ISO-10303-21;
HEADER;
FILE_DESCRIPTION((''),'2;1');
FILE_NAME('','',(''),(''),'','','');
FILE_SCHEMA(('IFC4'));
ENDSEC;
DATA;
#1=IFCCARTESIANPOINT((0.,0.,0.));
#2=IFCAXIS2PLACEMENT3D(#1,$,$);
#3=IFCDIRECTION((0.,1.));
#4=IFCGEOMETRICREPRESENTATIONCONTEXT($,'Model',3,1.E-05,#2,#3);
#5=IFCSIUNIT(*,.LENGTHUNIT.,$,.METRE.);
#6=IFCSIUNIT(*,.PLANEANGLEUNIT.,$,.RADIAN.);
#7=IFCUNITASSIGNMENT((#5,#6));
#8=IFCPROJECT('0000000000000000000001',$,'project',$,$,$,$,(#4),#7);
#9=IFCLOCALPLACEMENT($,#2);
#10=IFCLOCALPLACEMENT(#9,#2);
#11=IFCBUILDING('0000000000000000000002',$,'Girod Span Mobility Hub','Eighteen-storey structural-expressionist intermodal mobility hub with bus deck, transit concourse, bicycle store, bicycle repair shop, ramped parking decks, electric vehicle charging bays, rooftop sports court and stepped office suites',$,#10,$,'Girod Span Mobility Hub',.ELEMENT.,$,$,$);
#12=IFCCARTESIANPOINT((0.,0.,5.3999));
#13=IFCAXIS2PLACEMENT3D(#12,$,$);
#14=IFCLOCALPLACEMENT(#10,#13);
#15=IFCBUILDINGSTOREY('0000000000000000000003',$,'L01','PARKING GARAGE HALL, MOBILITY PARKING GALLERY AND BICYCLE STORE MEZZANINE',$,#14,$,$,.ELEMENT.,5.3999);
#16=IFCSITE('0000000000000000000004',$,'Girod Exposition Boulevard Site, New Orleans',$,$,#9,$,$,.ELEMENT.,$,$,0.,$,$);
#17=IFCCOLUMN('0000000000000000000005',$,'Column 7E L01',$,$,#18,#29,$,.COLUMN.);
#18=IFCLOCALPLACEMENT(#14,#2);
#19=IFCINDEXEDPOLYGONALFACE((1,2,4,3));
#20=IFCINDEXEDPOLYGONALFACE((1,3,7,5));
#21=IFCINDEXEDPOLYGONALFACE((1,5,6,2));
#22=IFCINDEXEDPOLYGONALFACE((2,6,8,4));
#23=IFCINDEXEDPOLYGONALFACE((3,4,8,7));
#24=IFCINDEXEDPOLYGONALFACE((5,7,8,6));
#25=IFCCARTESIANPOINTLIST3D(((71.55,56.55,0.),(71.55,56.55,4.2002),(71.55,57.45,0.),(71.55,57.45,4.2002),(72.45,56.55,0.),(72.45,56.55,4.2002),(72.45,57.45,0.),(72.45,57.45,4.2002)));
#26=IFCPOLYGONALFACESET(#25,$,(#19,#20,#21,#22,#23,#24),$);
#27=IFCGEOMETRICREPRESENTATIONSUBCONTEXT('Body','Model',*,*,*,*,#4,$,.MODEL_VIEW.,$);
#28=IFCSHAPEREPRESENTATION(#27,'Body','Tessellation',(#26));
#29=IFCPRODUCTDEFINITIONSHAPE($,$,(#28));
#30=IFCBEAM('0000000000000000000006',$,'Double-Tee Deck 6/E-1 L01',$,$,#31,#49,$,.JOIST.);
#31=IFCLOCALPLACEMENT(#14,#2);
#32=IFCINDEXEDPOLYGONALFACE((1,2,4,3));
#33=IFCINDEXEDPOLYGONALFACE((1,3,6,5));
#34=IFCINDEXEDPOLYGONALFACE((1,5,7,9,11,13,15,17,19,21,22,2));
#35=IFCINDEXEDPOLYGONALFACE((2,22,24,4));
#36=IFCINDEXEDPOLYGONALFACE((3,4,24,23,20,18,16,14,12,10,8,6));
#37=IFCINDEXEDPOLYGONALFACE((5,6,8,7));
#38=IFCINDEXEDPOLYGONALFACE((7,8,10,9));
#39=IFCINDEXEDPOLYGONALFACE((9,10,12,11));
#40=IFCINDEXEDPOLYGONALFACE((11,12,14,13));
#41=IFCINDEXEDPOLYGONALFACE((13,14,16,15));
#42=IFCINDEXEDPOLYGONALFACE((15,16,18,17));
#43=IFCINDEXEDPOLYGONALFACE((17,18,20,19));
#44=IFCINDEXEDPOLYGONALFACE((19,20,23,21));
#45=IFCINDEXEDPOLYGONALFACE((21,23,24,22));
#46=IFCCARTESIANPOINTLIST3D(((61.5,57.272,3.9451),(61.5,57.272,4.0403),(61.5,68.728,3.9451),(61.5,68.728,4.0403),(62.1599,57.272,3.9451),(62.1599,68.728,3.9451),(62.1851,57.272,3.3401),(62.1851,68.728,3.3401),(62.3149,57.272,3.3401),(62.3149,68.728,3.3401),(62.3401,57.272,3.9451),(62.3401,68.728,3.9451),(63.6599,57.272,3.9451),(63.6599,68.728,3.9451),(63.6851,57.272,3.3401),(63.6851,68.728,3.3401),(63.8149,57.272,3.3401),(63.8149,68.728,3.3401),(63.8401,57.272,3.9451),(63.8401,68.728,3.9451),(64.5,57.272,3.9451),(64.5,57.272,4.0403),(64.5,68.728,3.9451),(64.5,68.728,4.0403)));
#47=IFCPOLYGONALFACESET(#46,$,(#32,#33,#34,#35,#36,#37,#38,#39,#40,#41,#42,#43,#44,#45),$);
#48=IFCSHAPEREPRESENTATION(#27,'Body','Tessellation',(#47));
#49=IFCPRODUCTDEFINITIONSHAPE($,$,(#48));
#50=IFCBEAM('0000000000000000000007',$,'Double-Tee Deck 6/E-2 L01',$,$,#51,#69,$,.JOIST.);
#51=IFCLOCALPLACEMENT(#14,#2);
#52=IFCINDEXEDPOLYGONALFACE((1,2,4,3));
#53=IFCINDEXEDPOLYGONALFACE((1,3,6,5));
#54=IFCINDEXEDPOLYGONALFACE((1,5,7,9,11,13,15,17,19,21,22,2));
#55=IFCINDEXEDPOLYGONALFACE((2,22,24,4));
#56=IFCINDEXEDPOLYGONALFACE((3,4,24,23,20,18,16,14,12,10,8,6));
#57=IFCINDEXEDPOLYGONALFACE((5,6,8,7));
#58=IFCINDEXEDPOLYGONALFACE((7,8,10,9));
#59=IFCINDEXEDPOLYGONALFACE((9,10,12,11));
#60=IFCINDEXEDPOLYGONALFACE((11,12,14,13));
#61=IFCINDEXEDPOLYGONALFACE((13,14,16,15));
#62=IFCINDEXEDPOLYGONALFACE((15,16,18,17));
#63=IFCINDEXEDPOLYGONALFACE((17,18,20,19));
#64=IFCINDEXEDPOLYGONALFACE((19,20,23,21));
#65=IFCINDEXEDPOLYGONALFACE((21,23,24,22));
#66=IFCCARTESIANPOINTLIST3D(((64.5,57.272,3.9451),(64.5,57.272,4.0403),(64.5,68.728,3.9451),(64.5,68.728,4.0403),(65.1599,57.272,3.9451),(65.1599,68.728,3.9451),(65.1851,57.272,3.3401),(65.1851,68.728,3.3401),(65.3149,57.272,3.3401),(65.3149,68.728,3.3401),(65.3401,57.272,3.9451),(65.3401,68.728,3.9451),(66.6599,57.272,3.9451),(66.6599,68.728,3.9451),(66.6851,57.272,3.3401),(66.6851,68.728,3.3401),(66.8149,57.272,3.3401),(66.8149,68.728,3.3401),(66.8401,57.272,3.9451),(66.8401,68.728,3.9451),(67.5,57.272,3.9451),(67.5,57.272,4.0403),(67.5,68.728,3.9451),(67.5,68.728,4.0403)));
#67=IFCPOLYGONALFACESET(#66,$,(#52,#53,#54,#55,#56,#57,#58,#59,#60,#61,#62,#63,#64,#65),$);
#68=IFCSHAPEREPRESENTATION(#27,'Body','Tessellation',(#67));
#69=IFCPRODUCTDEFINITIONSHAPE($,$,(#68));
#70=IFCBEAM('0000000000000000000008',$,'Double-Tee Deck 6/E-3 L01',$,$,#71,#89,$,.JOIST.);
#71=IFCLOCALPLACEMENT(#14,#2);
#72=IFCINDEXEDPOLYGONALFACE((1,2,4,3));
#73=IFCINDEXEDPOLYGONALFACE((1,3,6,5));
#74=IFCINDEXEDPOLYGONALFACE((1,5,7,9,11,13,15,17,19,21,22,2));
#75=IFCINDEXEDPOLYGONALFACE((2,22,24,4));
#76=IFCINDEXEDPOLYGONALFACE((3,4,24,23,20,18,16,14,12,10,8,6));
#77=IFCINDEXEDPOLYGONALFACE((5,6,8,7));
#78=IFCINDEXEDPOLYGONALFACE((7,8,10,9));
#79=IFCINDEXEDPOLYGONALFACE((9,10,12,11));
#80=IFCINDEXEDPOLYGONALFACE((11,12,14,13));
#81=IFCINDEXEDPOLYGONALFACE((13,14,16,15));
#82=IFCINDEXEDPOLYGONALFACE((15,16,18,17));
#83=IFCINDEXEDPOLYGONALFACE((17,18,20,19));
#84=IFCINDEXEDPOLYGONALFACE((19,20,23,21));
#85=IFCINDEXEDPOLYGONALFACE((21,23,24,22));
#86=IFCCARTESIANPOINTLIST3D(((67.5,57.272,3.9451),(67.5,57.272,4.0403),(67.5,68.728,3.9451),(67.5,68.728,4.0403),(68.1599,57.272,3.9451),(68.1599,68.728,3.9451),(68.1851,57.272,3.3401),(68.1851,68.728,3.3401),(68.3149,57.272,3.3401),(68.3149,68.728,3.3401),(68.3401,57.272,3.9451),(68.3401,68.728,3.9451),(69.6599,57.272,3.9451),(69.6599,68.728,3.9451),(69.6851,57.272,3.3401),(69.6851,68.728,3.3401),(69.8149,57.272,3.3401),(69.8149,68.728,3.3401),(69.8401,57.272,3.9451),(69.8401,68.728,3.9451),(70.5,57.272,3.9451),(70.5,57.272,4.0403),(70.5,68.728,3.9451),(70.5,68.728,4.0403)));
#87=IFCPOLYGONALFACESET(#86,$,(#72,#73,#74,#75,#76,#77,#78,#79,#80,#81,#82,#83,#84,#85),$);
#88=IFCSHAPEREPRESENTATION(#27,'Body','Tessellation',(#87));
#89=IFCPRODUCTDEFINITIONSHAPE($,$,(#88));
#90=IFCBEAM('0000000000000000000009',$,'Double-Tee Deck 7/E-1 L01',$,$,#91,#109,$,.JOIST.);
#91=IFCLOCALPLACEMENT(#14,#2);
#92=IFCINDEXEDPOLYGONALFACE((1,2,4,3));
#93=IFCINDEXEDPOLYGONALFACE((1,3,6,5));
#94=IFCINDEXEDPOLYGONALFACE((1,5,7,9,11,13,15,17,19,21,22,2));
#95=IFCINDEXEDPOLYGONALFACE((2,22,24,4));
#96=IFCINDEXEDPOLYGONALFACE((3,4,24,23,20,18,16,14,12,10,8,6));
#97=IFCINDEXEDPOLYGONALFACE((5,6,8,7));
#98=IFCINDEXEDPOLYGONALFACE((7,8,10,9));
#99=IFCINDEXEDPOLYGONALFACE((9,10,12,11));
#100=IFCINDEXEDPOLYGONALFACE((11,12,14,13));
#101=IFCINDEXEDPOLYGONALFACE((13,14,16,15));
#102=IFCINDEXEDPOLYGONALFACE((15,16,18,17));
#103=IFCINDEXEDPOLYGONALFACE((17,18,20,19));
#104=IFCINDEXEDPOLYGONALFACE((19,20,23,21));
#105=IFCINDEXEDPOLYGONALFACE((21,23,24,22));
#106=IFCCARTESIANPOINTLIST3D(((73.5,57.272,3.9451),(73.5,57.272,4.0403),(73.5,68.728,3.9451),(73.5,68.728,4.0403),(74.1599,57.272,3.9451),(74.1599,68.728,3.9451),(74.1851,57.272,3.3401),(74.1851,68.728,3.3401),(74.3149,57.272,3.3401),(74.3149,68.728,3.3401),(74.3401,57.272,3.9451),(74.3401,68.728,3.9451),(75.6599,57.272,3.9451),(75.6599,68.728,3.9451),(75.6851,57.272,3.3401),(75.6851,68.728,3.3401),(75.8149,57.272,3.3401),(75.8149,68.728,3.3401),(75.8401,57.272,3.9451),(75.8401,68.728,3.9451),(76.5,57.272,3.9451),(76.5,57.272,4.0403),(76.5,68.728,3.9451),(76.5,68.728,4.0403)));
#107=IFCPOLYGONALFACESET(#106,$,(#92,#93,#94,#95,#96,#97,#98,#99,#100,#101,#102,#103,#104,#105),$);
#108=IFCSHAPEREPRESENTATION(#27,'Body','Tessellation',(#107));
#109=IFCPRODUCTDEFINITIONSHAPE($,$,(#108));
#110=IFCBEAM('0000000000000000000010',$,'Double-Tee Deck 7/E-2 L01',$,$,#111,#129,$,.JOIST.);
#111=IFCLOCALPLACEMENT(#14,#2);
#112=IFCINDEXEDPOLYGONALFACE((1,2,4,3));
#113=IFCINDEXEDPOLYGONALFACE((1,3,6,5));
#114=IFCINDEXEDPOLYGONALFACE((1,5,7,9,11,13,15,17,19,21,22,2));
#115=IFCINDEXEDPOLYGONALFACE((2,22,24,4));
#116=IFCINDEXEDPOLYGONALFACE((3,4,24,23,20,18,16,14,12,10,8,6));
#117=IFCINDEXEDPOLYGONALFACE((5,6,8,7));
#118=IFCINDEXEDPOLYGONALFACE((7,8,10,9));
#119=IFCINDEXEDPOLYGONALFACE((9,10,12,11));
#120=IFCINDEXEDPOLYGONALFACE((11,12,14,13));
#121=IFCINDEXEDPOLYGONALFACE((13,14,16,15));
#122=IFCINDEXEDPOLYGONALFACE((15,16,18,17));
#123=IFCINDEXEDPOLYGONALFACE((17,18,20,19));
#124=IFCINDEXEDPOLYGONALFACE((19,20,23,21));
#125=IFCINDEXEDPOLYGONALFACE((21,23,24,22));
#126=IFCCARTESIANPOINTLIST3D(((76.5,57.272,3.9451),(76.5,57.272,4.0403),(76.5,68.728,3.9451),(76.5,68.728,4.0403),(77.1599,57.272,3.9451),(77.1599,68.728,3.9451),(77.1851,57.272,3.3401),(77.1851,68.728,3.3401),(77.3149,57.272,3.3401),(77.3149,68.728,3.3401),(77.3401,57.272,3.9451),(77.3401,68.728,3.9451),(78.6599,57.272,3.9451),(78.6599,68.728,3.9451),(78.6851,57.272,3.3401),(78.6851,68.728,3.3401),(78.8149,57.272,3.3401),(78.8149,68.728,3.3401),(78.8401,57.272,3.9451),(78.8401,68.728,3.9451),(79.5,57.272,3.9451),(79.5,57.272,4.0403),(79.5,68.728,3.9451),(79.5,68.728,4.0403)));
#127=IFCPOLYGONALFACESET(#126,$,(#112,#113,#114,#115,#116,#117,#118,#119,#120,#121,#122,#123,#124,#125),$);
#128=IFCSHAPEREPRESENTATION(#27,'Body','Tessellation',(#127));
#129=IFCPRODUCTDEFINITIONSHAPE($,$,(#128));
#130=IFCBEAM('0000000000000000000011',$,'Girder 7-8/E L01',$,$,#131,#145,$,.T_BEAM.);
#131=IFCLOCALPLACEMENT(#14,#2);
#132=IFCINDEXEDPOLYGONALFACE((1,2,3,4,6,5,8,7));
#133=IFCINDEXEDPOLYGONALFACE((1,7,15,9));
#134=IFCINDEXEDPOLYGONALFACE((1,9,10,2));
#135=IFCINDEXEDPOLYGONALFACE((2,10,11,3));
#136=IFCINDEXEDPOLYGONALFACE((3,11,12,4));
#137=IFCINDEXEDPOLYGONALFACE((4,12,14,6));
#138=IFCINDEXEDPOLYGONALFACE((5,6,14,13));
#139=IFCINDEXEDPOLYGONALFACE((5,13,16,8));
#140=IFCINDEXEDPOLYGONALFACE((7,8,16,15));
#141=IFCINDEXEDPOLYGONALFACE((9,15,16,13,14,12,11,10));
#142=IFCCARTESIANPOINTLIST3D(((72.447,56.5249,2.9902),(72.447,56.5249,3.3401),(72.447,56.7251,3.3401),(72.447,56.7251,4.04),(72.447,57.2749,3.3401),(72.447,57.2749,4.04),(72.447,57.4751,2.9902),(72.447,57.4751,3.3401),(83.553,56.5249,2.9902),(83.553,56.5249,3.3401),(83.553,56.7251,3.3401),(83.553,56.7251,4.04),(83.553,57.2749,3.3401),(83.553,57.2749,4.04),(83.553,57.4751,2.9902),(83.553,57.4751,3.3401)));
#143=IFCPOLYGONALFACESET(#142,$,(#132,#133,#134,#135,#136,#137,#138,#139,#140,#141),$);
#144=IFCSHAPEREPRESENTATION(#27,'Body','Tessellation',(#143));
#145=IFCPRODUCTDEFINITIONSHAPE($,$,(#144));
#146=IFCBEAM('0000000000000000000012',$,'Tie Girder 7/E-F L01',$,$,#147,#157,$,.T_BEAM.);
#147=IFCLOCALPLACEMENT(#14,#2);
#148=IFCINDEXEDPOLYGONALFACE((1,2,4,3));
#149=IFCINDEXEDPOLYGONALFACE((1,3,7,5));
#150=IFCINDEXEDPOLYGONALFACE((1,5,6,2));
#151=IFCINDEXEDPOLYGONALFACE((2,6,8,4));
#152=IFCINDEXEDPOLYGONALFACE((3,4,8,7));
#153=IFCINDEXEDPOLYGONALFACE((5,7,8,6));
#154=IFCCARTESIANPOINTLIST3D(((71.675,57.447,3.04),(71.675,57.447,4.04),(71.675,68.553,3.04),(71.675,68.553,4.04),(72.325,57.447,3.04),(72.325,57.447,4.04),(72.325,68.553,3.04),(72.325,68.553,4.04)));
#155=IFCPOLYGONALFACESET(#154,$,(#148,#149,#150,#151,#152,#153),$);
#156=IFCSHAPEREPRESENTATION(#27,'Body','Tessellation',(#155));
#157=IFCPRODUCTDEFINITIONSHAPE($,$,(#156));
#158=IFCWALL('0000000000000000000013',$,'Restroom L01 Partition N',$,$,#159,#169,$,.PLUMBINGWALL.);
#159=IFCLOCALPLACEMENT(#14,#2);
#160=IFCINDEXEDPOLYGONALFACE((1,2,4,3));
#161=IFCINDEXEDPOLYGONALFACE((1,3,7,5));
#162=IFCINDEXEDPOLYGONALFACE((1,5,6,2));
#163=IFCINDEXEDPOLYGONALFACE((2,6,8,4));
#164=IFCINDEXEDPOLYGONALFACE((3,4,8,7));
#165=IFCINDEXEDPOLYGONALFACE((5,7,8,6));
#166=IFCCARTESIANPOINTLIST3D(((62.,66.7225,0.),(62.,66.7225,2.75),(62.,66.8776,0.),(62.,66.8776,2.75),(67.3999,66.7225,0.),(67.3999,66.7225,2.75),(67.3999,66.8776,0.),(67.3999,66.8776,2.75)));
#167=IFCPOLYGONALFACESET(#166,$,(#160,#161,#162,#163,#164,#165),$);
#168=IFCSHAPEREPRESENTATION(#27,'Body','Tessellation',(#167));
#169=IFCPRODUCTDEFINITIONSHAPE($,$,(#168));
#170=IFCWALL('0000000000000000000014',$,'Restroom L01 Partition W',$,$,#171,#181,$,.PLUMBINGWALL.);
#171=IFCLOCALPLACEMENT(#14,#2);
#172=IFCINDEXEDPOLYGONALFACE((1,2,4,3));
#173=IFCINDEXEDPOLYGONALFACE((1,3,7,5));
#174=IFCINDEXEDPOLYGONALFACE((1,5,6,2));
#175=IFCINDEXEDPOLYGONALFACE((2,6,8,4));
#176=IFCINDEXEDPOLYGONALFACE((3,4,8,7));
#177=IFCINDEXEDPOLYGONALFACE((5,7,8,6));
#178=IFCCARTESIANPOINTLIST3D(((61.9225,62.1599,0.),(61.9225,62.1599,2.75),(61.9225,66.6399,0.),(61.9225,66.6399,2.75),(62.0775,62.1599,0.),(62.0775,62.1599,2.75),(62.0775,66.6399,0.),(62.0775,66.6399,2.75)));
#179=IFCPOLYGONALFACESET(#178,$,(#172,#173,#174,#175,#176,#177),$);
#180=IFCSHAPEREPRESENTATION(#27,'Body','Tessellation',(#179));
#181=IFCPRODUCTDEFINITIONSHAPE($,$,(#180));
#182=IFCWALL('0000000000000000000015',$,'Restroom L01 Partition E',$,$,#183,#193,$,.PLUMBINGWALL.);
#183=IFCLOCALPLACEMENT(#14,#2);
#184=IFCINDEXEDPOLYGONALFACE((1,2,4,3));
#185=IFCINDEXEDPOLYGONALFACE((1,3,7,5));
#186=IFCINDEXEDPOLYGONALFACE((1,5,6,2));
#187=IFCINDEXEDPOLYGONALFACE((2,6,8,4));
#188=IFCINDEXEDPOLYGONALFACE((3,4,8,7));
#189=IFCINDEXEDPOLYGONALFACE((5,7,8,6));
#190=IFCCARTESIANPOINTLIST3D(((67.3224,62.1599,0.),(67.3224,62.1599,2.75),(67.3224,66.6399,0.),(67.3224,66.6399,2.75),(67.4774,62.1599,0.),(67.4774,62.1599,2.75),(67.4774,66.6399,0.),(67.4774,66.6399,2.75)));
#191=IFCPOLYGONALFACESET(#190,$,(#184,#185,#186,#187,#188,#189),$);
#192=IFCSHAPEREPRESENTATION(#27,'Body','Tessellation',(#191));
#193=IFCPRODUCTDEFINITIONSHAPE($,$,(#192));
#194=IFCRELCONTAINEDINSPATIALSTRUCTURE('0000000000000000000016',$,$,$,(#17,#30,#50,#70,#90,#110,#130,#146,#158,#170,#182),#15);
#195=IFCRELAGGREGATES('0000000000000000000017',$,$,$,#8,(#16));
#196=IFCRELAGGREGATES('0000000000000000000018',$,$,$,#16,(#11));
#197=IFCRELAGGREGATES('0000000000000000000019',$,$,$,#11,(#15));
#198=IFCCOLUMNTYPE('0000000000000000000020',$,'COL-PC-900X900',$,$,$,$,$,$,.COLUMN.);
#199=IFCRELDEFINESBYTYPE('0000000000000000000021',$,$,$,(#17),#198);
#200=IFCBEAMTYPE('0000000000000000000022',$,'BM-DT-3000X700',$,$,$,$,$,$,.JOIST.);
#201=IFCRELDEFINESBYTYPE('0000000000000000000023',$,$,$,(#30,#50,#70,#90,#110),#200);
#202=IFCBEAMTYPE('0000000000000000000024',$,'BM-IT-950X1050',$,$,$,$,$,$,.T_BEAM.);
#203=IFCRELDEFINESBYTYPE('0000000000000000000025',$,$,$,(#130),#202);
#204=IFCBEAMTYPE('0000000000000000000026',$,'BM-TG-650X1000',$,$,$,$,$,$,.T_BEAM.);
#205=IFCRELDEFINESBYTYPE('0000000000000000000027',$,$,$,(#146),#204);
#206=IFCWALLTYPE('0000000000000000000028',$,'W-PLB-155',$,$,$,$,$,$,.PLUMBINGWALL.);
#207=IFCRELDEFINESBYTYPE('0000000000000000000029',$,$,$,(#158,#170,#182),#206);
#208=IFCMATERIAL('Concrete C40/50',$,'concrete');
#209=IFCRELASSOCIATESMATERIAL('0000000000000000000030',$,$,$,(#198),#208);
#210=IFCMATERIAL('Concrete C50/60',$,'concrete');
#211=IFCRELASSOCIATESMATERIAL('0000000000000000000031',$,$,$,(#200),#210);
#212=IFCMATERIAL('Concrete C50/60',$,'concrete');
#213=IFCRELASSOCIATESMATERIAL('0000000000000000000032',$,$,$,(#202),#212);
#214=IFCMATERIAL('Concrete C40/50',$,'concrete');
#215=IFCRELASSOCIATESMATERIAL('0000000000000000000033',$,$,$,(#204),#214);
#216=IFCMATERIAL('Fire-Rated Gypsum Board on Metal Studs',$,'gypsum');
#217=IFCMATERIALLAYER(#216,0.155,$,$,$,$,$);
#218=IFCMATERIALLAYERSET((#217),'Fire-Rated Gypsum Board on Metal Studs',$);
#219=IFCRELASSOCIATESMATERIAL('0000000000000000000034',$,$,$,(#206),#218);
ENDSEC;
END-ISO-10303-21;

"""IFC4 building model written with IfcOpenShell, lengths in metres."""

from ifc_helpers import new_model, si_unit, direction, frame, frame_2d, origin, origin_2d, place, context, subcontext, project, spatial, polyline, rectangle, outline, extrude, material, layer, layer_set, material_profile, profile_set, type_object, element, save


model = new_model("IFC4")

# Units and contexts
model_context = context("Model", 3, precision=1e-05, world=origin(), true_north=direction((0.0, 1.0)))
body_context = subcontext(model_context, "Body", "Model", "MODEL_VIEW")
ifc_project = project(units=[si_unit("LENGTHUNIT", "METRE"), si_unit("PLANEANGLEUNIT", "RADIAN")], contexts=[model_context])

# Site, building, storey
site_placement = place(None, origin())
site = spatial("IfcSite", under=ifc_project, at=site_placement, Name="Girod Exposition Boulevard Site, New Orleans", CompositionType="ELEMENT", RefElevation=0.0)
building_placement = place(site_placement, origin())
building = spatial("IfcBuilding", under=site, at=building_placement, Name="Girod Span Mobility Hub", Description="Eighteen-storey structural-expressionist intermodal mobility hub with bus deck, transit concourse, bicycle store, bicycle repair shop, ramped parking decks, electric vehicle charging bays, rooftop sports court and stepped office suites", LongName="Girod Span Mobility Hub", CompositionType="ELEMENT")
storey_placement = place(building_placement, frame((0.0, 0.0, 5.3999)))
storey = spatial("IfcBuildingStorey", under=building, at=storey_placement, Name="L01", Description="PARKING GARAGE HALL, MOBILITY PARKING GALLERY AND BICYCLE STORE MEZZANINE", CompositionType="ELEMENT", Elevation=5.3999)

# Column
ifc_material_1 = material(Name="Concrete C40/50", Category="concrete")
ifc_material_profile_1 = material_profile(ifc_material_1, rectangle(XDim=0.8999, YDim=0.8999, at=origin_2d()), Name="PC-COL-900X900")
ifc_profile_set_1 = profile_set([ifc_material_profile_1], Name="Concrete C40/50")
column_type = type_object("IfcColumnType", Name="COL-PC-900X900", PredefinedType="COLUMN", material=ifc_profile_set_1)
column_placement = place(storey_placement, frame((72.0, 57.0, 0.0), z_axis=(0.0, 0.0, 1.0), x_axis=(1.0, 0.0, 0.0)))
element("IfcColumn", 1, at=column_placement, inside=storey, type_object=column_type, Name="Column 7E L01", PredefinedType="COLUMN", context=body_context, shape_type="SweptSolid", body=[
    extrude(rectangle(XDim=0.8999, YDim=0.8999, at=origin_2d()), origin(), (0.0, 0.0, 1.0), 4.2002),
])

# Beams
ifc_material_2 = material(Name="Concrete C50/60", Category="concrete")
ifc_material_profile_2 = material_profile(ifc_material_2, outline(polyline([(-1.5, 0.3501), (-1.5, 0.2549), (-0.8401, 0.2549), (-0.8149, -0.3501), (-0.6851, -0.3501), (-0.6599, 0.2549), (0.6599, 0.2549), (0.6851, -0.3501), (0.8149, -0.3501), (0.8401, 0.2549), (1.5, 0.2549), (1.5, 0.3501), (-1.5, 0.3501)])), Name="DT-3000X700")
ifc_profile_set_2 = profile_set([ifc_material_profile_2], Name="Concrete C50/60")
beam_type_1 = type_object("IfcBeamType", Name="BM-DT-3000X700", PredefinedType="JOIST", material=ifc_profile_set_2)
for number, where, z_axis, x_axis, name in (
    (2, (63.0, 57.272, 3.6902), (0.0, 1.0, 0.0), (-1.0, 0.0, 0.0), "Double-Tee Deck 6/E-1 L01"),
    (3, (66.0, 57.272, 3.6902), (0.0, 1.0, 0.0), (-1.0, 0.0, 0.0), "Double-Tee Deck 6/E-2 L01"),
    (4, (69.0, 57.272, 3.6902), (0.0, 1.0, 0.0), (-1.0, 0.0, 0.0), "Double-Tee Deck 6/E-3 L01"),
    (5, (75.0, 57.272, 3.6902), (0.0, 1.0, 0.0), (-1.0, 0.0, 0.0), "Double-Tee Deck 7/E-1 L01"),
    (6, (78.0, 57.272, 3.6902), (0.0, 1.0, 0.0), (-1.0, 0.0, 0.0), "Double-Tee Deck 7/E-2 L01"),
):
    element("IfcBeam", number, at=place(storey_placement, frame(where, z_axis=z_axis, x_axis=x_axis)), inside=storey, type_object=beam_type_1, Name=name, PredefinedType="JOIST", context=body_context, shape_type="SweptSolid", body=[
        extrude(outline(polyline([(-1.5, 0.3501), (-1.5, 0.2549), (-0.8401, 0.2549), (-0.8149, -0.3501), (-0.6851, -0.3501), (-0.6599, 0.2549), (0.6599, 0.2549), (0.6851, -0.3501), (0.8149, -0.3501), (0.8401, 0.2549), (1.5, 0.2549), (1.5, 0.3501), (-1.5, 0.3501)])), origin(), (0.0, 0.0, 1.0), 11.4561),
    ])
ifc_material_3 = material(Name="Concrete C50/60", Category="concrete")
ifc_material_profile_3 = material_profile(ifc_material_3, outline(polyline([(-0.4751, -0.5249), (0.4751, -0.5249), (0.4751, -0.175), (0.2749, -0.175), (0.2749, 0.5249), (-0.2749, 0.5249), (-0.2749, -0.175), (-0.4751, -0.175), (-0.4751, -0.5249)])), Name="IT-950X1050")
ifc_profile_set_3 = profile_set([ifc_material_profile_3], Name="Concrete C50/60")
beam_type_2 = type_object("IfcBeamType", Name="BM-IT-950X1050", PredefinedType="T_BEAM", material=ifc_profile_set_3)
beam_1_placement = place(storey_placement, frame((72.447, 57.0, 3.5151), z_axis=(1.0, 0.0, 0.0), x_axis=(0.0, 1.0, 0.0)))
element("IfcBeam", 7, at=beam_1_placement, inside=storey, type_object=beam_type_2, Name="Girder 7-8/E L01", PredefinedType="T_BEAM", context=body_context, shape_type="SweptSolid", body=[
    extrude(outline(polyline([(-0.4751, -0.5249), (0.4751, -0.5249), (0.4751, -0.175), (0.2749, -0.175), (0.2749, 0.5249), (-0.2749, 0.5249), (-0.2749, -0.175), (-0.4751, -0.175), (-0.4751, -0.5249)])), origin(), (0.0, 0.0, 1.0), 11.106),
])
ifc_material_4 = material(Name="Concrete C40/50", Category="concrete")
ifc_material_profile_4 = material_profile(ifc_material_4, rectangle(XDim=0.6499, YDim=1.0, at=origin_2d()), Name="TG-650X1000")
ifc_profile_set_4 = profile_set([ifc_material_profile_4], Name="Concrete C40/50")
beam_type_3 = type_object("IfcBeamType", Name="BM-TG-650X1000", PredefinedType="T_BEAM", material=ifc_profile_set_4)
beam_2_placement = place(storey_placement, frame((72.0, 57.447, 3.54), z_axis=(0.0, 1.0, 0.0), x_axis=(-1.0, 0.0, 0.0)))
element("IfcBeam", 8, at=beam_2_placement, inside=storey, type_object=beam_type_3, Name="Tie Girder 7/E-F L01", PredefinedType="T_BEAM", context=body_context, shape_type="SweptSolid", body=[
    extrude(rectangle(XDim=0.6499, YDim=1.0, at=origin_2d()), origin(), (0.0, 0.0, 1.0), 11.106),
])

# Shared definitions
ifc_material_5 = material(Name="Fire-Rated Gypsum Board on Metal Studs", Category="gypsum")
ifc_layer_1 = layer(ifc_material_5, 0.155)
ifc_layer_set_1 = layer_set([ifc_layer_1], Name="Fire-Rated Gypsum Board on Metal Studs")
wall_type_1 = type_object("IfcWallType", Name="W-PLB-155", PredefinedType="PLUMBINGWALL", material=ifc_layer_set_1)

# Walls
wall_1_placement = place(storey_placement, frame((62.0, 66.8, 0.0), z_axis=(0.0, 0.0, 1.0), x_axis=(1.0, 0.0, 0.0)))
element("IfcWall", 9, at=wall_1_placement, inside=storey, type_object=wall_type_1, Name="Restroom L01 Partition N", PredefinedType="PLUMBINGWALL", context=body_context, shape_type="SweptSolid", body=[
    extrude(rectangle(XDim=5.3999, YDim=0.155, at=frame_2d((2.7, 0.0))), origin(), (0.0, 0.0, 1.0), 2.75),
])
for number, where, z_axis, x_axis, name in (
    (10, (62.0, 62.1599, 0.0), (0.0, 0.0, 1.0), (0.0, 1.0, 0.0), "Restroom L01 Partition W"),
    (11, (67.3999, 62.1599, 0.0), (0.0, 0.0, 1.0), (0.0, 1.0, 0.0), "Restroom L01 Partition E"),
):
    element("IfcWall", number, at=place(storey_placement, frame(where, z_axis=z_axis, x_axis=x_axis)), inside=storey, type_object=wall_type_1, Name=name, PredefinedType="PLUMBINGWALL", context=body_context, shape_type="SweptSolid", body=[
        extrude(rectangle(XDim=4.48, YDim=0.155, at=frame_2d((2.24, 0.0))), origin(), (0.0, 0.0, 1.0), 2.75),
    ])

save(model, "model.ifc")
